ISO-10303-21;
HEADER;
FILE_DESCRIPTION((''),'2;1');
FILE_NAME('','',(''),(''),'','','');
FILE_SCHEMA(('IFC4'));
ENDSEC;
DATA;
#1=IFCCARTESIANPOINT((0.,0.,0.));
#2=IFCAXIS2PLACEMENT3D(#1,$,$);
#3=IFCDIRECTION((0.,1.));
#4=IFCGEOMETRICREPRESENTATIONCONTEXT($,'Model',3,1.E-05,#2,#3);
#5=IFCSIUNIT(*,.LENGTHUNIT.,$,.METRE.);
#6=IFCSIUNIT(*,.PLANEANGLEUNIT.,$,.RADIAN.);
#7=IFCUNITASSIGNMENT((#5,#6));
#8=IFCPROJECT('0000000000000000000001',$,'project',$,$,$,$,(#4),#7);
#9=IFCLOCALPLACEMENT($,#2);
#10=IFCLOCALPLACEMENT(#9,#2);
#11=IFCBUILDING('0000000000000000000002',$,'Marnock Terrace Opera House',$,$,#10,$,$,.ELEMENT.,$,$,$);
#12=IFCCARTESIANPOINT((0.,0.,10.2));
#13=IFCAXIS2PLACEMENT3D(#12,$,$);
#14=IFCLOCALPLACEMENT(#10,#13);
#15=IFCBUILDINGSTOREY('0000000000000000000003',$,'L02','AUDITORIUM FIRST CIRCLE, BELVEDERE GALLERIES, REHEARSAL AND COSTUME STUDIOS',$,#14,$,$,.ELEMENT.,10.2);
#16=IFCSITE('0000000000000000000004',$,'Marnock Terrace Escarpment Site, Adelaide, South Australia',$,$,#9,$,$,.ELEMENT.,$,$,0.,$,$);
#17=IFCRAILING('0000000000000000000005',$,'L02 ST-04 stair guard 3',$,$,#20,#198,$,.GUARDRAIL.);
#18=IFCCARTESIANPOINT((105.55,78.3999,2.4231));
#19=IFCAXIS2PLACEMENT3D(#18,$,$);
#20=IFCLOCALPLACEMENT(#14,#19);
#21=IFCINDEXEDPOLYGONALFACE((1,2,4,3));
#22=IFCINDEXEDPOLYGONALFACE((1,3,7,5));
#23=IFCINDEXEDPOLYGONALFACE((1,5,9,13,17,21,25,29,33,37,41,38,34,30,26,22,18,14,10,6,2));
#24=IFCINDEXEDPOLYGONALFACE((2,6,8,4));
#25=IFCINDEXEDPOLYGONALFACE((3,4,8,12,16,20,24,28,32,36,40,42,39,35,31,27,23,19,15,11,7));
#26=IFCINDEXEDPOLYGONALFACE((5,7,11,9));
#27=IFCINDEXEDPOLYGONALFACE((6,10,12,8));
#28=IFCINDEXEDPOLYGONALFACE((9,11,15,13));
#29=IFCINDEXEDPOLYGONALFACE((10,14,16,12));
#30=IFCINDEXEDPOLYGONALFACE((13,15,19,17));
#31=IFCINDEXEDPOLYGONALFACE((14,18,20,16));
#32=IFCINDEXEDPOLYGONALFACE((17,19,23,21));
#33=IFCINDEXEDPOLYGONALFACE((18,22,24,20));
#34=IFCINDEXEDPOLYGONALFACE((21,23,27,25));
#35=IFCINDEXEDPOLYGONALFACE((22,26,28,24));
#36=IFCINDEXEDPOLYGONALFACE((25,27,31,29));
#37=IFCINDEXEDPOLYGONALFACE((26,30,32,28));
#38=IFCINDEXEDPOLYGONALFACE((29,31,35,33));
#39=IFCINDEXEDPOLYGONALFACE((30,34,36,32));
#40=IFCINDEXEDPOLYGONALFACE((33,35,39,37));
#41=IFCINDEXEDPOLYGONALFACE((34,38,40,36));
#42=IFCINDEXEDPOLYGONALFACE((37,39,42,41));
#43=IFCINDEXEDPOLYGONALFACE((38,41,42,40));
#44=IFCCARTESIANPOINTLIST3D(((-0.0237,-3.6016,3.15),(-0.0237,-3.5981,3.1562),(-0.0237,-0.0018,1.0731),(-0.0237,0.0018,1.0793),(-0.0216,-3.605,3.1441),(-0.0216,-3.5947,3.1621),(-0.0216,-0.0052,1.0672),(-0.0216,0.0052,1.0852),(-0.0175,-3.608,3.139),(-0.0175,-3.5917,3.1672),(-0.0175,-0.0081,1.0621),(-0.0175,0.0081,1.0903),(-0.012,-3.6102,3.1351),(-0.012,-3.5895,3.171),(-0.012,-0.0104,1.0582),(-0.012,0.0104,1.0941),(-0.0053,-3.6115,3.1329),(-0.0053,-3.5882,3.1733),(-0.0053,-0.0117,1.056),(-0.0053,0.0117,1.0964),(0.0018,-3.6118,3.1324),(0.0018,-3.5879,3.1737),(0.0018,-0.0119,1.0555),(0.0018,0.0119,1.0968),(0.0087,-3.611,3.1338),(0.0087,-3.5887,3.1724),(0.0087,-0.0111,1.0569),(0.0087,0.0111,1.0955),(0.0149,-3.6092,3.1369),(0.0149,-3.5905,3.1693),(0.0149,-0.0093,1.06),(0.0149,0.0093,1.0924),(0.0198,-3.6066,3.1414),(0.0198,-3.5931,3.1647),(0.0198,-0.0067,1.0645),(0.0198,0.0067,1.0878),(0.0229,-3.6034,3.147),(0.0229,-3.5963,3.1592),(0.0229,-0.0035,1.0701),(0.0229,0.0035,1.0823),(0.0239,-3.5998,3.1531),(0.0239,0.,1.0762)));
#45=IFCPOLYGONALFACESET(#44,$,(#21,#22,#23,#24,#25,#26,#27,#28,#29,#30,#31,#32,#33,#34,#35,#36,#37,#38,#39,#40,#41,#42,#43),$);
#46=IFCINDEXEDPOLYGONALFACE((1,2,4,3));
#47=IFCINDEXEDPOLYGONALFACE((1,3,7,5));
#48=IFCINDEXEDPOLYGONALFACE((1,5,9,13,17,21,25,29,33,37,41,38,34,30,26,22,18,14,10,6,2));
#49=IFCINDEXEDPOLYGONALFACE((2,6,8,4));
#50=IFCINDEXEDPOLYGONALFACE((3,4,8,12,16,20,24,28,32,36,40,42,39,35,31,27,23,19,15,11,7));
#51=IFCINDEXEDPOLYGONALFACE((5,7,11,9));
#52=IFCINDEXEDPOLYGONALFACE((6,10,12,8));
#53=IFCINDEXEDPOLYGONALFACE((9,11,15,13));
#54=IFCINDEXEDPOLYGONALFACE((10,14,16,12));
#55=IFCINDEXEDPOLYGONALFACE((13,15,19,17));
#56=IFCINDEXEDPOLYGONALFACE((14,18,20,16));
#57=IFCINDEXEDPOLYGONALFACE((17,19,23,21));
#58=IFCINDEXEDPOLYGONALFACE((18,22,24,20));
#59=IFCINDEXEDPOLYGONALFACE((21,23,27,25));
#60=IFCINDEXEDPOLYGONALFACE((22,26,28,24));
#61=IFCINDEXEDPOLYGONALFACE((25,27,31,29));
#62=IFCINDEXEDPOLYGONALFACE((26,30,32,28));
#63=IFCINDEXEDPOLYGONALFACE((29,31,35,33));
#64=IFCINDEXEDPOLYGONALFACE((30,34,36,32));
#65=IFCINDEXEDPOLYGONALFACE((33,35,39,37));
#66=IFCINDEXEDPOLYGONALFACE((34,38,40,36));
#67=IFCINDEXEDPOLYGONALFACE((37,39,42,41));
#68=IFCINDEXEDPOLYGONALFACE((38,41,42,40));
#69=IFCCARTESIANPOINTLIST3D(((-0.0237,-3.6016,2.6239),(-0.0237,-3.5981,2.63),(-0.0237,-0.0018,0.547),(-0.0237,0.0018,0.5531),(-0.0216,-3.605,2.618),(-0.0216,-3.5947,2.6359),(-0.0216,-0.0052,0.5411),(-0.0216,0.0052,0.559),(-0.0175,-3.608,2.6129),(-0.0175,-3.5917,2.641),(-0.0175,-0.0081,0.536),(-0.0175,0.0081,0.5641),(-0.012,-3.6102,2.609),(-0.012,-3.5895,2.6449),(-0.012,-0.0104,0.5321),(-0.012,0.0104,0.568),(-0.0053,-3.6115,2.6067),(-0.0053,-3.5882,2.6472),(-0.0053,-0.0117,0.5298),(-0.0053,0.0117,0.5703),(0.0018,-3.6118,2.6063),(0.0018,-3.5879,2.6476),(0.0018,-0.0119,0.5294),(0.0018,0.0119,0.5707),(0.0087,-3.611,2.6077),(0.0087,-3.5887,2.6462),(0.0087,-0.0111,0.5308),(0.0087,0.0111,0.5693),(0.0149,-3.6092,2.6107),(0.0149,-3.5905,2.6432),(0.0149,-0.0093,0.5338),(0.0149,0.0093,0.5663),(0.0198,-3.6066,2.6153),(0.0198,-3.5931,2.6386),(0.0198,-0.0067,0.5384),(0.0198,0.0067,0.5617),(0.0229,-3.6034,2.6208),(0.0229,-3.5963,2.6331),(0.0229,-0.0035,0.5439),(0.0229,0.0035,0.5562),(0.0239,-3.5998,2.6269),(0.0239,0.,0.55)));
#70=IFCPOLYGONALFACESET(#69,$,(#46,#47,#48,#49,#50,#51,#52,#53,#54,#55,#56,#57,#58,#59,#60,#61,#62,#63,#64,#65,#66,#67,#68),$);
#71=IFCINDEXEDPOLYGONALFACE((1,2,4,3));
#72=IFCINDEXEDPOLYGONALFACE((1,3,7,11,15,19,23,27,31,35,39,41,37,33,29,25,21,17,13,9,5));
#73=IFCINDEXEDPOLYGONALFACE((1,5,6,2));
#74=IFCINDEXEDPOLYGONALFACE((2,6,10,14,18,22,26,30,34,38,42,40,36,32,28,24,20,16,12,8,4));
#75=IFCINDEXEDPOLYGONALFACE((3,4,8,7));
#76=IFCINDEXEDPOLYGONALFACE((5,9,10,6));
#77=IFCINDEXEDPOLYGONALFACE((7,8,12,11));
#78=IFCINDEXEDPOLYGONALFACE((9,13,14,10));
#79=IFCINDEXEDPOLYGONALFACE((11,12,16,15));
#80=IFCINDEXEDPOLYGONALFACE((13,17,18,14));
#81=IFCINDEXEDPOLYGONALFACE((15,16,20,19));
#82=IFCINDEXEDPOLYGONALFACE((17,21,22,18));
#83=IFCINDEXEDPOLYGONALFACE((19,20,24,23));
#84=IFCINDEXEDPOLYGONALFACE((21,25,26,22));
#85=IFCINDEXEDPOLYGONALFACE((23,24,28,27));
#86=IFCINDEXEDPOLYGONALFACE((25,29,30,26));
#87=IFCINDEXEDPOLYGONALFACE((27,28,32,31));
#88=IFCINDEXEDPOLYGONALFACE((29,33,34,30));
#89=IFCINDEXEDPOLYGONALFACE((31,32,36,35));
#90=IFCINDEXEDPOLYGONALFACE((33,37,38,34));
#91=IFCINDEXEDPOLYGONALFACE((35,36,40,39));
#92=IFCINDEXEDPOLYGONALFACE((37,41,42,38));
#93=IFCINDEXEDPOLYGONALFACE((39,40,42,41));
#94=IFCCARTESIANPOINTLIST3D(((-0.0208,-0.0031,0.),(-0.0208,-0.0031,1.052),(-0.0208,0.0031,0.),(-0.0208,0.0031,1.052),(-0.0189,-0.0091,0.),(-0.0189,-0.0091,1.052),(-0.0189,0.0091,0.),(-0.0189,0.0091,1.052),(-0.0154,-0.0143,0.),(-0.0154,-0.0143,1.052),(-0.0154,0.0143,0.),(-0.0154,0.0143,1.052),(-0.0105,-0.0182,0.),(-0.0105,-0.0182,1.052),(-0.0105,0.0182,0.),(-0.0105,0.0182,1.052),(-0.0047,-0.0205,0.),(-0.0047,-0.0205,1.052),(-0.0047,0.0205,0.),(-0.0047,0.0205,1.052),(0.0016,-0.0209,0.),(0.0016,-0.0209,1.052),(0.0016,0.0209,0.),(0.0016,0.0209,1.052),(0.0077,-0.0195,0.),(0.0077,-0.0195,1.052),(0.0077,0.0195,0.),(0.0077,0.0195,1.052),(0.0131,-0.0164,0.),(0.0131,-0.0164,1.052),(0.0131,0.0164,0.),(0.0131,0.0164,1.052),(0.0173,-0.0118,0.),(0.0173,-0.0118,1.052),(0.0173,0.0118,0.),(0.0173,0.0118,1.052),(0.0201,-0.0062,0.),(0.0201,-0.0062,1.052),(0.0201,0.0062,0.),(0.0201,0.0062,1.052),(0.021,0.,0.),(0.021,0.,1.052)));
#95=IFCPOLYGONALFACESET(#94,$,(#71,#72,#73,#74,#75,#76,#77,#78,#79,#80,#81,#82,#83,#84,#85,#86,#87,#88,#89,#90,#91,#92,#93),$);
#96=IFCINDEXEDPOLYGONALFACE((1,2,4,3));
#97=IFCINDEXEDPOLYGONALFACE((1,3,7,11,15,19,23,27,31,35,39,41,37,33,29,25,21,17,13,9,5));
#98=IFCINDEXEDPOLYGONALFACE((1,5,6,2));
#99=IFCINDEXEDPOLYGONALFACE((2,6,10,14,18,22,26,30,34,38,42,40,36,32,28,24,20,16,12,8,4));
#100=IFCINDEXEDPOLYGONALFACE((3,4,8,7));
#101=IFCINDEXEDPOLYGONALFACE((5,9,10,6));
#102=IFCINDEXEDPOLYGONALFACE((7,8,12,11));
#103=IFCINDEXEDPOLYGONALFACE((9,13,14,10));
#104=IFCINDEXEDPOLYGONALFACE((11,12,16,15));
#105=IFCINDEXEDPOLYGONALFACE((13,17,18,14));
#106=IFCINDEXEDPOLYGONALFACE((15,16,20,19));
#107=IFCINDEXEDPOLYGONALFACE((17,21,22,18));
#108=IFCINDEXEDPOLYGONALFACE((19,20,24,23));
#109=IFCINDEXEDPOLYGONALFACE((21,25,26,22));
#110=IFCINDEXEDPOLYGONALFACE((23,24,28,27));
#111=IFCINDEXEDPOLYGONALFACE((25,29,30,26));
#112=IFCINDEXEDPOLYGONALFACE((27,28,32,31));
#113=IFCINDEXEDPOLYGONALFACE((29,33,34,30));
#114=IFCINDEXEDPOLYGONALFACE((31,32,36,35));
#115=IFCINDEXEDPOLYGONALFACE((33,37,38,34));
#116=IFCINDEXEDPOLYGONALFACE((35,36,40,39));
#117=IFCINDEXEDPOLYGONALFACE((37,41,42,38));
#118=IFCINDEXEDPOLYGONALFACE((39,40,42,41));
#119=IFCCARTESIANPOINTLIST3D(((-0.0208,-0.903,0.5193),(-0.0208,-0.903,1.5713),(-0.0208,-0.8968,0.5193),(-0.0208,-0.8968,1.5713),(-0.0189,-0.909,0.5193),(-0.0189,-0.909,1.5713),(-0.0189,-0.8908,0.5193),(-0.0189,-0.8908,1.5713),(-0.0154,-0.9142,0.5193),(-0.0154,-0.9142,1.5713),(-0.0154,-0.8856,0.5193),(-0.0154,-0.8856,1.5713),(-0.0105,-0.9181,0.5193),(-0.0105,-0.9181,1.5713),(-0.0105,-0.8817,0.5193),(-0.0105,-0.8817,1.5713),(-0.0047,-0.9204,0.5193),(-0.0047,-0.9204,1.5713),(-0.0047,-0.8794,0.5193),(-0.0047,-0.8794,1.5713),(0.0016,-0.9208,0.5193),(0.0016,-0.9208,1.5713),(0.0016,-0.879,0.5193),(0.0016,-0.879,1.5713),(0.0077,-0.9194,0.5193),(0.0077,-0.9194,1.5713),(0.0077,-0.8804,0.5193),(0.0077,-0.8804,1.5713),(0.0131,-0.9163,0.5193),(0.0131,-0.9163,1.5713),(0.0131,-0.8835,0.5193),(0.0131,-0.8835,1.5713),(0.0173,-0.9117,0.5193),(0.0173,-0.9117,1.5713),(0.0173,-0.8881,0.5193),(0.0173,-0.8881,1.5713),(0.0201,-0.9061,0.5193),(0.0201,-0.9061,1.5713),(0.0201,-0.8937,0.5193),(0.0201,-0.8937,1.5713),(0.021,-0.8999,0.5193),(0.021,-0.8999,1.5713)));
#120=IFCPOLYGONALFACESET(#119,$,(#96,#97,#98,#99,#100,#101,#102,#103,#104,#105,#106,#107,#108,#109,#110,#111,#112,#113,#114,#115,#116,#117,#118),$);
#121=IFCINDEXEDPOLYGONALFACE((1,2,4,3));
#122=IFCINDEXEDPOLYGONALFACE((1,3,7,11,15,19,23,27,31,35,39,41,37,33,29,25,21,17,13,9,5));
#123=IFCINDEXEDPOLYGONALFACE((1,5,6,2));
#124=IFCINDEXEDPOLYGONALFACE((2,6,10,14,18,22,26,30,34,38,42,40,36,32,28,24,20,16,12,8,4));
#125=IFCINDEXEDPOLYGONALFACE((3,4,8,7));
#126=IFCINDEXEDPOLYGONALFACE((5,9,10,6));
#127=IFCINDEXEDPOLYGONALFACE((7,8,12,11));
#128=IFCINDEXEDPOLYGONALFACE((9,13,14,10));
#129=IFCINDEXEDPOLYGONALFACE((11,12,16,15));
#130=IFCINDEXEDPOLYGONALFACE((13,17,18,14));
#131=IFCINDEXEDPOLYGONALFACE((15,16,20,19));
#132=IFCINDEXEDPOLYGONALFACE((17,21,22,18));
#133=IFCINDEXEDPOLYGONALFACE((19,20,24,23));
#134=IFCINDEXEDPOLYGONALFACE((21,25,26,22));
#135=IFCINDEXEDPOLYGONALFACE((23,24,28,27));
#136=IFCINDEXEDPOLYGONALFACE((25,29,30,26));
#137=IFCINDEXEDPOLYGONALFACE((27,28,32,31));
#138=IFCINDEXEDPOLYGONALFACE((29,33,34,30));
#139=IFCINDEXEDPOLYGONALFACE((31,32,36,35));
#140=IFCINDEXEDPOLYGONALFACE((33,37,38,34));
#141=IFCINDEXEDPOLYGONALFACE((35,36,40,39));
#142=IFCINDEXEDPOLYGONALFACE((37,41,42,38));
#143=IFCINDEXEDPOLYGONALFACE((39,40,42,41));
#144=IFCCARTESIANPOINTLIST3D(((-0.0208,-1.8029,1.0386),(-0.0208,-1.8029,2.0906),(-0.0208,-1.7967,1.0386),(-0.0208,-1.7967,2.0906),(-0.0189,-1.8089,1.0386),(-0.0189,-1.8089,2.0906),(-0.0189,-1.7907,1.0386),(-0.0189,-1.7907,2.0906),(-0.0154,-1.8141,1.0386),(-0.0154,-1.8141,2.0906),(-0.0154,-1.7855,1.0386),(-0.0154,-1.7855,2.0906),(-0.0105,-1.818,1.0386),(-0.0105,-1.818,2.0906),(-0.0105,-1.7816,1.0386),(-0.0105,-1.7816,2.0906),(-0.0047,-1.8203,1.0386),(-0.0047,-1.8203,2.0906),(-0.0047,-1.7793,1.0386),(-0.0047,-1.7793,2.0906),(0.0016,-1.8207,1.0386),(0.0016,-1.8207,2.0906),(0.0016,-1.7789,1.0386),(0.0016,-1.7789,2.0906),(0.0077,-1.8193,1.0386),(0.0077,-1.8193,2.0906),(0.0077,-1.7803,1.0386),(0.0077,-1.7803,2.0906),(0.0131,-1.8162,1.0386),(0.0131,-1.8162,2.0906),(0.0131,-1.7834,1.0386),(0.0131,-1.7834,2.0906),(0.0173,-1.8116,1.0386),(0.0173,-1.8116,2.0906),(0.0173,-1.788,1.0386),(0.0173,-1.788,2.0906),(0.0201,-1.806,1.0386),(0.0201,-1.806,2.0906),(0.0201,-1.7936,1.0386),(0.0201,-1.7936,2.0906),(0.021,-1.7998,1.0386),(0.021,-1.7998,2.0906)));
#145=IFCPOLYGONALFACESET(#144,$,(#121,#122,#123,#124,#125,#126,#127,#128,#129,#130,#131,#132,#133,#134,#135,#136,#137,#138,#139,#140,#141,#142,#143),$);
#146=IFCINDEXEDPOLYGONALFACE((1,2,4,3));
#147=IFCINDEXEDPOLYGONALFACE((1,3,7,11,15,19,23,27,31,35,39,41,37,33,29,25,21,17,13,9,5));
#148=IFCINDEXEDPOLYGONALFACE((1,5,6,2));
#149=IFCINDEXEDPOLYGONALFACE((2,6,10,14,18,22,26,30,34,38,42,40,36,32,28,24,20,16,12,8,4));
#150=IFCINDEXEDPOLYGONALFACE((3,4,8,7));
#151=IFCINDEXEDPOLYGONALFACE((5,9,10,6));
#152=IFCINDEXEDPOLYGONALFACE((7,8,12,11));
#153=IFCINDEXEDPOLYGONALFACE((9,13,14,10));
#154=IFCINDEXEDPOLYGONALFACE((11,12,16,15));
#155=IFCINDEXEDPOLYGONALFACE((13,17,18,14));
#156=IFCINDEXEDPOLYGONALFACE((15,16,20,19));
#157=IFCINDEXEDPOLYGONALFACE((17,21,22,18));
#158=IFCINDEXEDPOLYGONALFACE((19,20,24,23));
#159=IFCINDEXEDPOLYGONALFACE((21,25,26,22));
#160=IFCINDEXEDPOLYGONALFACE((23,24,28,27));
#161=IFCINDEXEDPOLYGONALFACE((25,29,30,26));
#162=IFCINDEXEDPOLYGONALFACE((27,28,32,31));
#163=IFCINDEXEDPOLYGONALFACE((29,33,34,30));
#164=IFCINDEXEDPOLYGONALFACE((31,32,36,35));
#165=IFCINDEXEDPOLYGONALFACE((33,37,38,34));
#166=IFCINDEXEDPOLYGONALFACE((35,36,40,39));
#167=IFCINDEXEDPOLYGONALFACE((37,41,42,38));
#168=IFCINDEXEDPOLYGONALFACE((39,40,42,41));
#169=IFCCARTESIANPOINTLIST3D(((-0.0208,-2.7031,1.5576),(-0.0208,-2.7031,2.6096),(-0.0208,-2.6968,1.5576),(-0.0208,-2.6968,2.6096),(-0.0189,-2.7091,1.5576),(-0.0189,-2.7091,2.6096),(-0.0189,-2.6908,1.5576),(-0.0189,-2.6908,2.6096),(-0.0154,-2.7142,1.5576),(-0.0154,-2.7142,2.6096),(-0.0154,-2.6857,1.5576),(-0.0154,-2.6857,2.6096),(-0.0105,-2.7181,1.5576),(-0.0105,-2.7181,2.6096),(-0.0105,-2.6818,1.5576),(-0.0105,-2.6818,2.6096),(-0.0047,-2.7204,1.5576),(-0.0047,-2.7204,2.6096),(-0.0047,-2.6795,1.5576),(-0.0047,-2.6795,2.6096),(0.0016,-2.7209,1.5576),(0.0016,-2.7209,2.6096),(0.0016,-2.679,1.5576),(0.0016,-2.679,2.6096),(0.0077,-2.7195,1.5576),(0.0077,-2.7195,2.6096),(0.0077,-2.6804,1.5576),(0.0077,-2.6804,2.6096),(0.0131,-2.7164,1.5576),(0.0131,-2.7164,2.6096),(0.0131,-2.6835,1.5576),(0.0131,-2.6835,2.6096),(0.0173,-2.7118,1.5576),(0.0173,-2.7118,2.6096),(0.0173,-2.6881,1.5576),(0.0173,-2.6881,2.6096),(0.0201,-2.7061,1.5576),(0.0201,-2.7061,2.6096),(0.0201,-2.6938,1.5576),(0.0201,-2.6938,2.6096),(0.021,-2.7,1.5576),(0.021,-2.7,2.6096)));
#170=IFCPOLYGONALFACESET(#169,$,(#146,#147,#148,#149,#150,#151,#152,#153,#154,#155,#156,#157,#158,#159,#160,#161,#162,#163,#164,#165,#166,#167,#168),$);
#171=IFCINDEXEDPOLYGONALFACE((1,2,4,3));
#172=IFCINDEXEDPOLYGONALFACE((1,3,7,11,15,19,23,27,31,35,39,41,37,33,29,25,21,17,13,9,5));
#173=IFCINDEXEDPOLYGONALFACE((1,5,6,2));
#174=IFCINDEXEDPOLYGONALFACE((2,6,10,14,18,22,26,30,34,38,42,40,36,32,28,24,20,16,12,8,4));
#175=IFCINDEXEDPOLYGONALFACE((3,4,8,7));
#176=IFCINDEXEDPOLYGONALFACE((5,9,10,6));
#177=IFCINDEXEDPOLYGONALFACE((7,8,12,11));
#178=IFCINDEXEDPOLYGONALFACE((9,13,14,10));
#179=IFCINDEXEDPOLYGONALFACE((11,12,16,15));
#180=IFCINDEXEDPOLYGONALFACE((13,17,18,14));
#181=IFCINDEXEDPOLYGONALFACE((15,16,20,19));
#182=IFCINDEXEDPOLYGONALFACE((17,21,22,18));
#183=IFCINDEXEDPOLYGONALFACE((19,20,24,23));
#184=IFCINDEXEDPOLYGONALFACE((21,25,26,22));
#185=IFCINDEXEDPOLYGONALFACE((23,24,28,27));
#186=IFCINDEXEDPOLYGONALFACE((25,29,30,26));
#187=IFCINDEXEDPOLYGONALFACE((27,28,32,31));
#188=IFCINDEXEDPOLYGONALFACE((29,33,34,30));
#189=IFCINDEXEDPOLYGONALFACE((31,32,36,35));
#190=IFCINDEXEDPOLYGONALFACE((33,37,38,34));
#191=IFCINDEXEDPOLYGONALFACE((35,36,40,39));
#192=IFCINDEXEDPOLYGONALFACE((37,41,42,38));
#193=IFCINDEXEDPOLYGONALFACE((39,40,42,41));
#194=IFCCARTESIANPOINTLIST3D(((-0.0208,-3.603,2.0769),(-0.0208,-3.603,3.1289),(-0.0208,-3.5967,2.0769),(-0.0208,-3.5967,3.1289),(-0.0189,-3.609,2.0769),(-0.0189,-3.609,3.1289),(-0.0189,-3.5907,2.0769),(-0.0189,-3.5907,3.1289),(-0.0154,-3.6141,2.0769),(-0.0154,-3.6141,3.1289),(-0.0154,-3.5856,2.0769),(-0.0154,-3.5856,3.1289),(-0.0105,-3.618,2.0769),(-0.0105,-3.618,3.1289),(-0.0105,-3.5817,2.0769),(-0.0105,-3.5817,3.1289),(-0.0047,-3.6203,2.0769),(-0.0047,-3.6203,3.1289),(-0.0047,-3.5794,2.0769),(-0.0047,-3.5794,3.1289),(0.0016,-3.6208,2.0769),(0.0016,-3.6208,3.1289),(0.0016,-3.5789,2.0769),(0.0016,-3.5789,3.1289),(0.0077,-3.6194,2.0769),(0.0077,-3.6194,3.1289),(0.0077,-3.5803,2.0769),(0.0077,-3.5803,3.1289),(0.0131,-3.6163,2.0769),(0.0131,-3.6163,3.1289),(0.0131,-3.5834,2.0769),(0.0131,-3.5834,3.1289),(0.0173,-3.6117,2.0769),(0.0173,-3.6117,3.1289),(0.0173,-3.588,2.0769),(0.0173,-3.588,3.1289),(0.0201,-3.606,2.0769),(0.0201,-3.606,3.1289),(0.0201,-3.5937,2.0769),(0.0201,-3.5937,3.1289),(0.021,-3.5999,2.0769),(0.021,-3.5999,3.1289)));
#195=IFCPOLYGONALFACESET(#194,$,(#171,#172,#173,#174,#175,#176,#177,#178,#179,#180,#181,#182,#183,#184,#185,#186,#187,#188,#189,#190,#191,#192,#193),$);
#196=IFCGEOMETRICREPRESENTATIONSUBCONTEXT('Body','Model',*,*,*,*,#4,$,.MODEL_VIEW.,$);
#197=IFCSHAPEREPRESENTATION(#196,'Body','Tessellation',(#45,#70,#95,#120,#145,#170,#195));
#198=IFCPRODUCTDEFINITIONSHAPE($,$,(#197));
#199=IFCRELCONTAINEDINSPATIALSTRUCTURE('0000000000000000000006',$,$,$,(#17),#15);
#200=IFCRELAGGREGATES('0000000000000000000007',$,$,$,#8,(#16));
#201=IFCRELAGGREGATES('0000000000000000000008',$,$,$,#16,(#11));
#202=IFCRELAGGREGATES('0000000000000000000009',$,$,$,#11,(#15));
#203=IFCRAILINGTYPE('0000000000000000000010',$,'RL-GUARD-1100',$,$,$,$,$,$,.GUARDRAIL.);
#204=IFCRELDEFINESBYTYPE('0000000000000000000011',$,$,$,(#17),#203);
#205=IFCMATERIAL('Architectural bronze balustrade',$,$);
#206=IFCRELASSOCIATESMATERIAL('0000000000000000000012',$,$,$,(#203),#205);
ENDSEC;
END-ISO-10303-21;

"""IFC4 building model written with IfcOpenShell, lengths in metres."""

from ifc_helpers import new_model, si_unit, direction, frame, origin, origin_2d, place, context, subcontext, project, spatial, circle, extrude, material, type_object, element, save


model = new_model("IFC4")

# Units and contexts
model_context = context("Model", 3, precision=1e-05, world=origin(), true_north=direction((0.0, 1.0)))
body_context = subcontext(model_context, "Body", "Model", "MODEL_VIEW")
ifc_project = project(units=[si_unit("LENGTHUNIT", "METRE"), si_unit("PLANEANGLEUNIT", "RADIAN")], contexts=[model_context])

# Site, building, storey
site_placement = place(None, origin())
site = spatial("IfcSite", under=ifc_project, at=site_placement, Name="Marnock Terrace Escarpment Site, Adelaide, South Australia", CompositionType="ELEMENT", RefElevation=0.0)
building_placement = place(site_placement, origin())
building = spatial("IfcBuilding", under=site, at=building_placement, Name="Marnock Terrace Opera House", CompositionType="ELEMENT")
storey_placement = place(building_placement, frame((0.0, 0.0, 10.2)))
storey = spatial("IfcBuildingStorey", under=building, at=storey_placement, Name="L02", Description="AUDITORIUM FIRST CIRCLE, BELVEDERE GALLERIES, REHEARSAL AND COSTUME STUDIOS", CompositionType="ELEMENT", Elevation=10.2)

# Railing
ifc_material_1 = material(Name="Architectural bronze balustrade")
railing_type_1 = type_object("IfcRailingType", Name="RL-GUARD-1100", PredefinedType="GUARDRAIL", material=ifc_material_1)
railing_1_placement = place(storey_placement, frame((105.55, 78.3999, 2.4231)))
element("IfcRailing", 1, at=railing_1_placement, inside=storey, type_object=railing_type_1, Name="L02 ST-04 stair guard 3", PredefinedType="GUARDRAIL", context=body_context, shape_type="SweptSolid", body=[
    extrude(circle(Radius=0.0239, at=origin_2d()), frame((0.0, 0.0, 1.0762), z_axis=(0.0, -0.866179, 0.499734), x_axis=(1.0, 0.0, 0.0)), (0.0, 0.0, 1.0), 4.156),
    extrude(circle(Radius=0.0239, at=origin_2d()), frame((0.0, 0.0, 0.55), z_axis=(0.0, -0.866179, 0.499734), x_axis=(1.0, 0.0, 0.0)), (0.0, 0.0, 1.0), 4.156),
    extrude(circle(Radius=0.021, at=origin_2d()), origin(), (0.0, 0.0, 1.0), 1.052),
    extrude(circle(Radius=0.021, at=origin_2d()), frame((0.0, -0.8999, 0.5193)), (0.0, 0.0, 1.0), 1.052),
    extrude(circle(Radius=0.021, at=origin_2d()), frame((0.0, -1.7998, 1.0386)), (0.0, 0.0, 1.0), 1.052),
    extrude(circle(Radius=0.021, at=origin_2d()), frame((0.0, -2.7, 1.5576)), (0.0, 0.0, 1.0), 1.052),
    extrude(circle(Radius=0.021, at=origin_2d()), frame((0.0, -3.5999, 2.0769)), (0.0, 0.0, 1.0), 1.052),
])

save(model, "model.ifc")
